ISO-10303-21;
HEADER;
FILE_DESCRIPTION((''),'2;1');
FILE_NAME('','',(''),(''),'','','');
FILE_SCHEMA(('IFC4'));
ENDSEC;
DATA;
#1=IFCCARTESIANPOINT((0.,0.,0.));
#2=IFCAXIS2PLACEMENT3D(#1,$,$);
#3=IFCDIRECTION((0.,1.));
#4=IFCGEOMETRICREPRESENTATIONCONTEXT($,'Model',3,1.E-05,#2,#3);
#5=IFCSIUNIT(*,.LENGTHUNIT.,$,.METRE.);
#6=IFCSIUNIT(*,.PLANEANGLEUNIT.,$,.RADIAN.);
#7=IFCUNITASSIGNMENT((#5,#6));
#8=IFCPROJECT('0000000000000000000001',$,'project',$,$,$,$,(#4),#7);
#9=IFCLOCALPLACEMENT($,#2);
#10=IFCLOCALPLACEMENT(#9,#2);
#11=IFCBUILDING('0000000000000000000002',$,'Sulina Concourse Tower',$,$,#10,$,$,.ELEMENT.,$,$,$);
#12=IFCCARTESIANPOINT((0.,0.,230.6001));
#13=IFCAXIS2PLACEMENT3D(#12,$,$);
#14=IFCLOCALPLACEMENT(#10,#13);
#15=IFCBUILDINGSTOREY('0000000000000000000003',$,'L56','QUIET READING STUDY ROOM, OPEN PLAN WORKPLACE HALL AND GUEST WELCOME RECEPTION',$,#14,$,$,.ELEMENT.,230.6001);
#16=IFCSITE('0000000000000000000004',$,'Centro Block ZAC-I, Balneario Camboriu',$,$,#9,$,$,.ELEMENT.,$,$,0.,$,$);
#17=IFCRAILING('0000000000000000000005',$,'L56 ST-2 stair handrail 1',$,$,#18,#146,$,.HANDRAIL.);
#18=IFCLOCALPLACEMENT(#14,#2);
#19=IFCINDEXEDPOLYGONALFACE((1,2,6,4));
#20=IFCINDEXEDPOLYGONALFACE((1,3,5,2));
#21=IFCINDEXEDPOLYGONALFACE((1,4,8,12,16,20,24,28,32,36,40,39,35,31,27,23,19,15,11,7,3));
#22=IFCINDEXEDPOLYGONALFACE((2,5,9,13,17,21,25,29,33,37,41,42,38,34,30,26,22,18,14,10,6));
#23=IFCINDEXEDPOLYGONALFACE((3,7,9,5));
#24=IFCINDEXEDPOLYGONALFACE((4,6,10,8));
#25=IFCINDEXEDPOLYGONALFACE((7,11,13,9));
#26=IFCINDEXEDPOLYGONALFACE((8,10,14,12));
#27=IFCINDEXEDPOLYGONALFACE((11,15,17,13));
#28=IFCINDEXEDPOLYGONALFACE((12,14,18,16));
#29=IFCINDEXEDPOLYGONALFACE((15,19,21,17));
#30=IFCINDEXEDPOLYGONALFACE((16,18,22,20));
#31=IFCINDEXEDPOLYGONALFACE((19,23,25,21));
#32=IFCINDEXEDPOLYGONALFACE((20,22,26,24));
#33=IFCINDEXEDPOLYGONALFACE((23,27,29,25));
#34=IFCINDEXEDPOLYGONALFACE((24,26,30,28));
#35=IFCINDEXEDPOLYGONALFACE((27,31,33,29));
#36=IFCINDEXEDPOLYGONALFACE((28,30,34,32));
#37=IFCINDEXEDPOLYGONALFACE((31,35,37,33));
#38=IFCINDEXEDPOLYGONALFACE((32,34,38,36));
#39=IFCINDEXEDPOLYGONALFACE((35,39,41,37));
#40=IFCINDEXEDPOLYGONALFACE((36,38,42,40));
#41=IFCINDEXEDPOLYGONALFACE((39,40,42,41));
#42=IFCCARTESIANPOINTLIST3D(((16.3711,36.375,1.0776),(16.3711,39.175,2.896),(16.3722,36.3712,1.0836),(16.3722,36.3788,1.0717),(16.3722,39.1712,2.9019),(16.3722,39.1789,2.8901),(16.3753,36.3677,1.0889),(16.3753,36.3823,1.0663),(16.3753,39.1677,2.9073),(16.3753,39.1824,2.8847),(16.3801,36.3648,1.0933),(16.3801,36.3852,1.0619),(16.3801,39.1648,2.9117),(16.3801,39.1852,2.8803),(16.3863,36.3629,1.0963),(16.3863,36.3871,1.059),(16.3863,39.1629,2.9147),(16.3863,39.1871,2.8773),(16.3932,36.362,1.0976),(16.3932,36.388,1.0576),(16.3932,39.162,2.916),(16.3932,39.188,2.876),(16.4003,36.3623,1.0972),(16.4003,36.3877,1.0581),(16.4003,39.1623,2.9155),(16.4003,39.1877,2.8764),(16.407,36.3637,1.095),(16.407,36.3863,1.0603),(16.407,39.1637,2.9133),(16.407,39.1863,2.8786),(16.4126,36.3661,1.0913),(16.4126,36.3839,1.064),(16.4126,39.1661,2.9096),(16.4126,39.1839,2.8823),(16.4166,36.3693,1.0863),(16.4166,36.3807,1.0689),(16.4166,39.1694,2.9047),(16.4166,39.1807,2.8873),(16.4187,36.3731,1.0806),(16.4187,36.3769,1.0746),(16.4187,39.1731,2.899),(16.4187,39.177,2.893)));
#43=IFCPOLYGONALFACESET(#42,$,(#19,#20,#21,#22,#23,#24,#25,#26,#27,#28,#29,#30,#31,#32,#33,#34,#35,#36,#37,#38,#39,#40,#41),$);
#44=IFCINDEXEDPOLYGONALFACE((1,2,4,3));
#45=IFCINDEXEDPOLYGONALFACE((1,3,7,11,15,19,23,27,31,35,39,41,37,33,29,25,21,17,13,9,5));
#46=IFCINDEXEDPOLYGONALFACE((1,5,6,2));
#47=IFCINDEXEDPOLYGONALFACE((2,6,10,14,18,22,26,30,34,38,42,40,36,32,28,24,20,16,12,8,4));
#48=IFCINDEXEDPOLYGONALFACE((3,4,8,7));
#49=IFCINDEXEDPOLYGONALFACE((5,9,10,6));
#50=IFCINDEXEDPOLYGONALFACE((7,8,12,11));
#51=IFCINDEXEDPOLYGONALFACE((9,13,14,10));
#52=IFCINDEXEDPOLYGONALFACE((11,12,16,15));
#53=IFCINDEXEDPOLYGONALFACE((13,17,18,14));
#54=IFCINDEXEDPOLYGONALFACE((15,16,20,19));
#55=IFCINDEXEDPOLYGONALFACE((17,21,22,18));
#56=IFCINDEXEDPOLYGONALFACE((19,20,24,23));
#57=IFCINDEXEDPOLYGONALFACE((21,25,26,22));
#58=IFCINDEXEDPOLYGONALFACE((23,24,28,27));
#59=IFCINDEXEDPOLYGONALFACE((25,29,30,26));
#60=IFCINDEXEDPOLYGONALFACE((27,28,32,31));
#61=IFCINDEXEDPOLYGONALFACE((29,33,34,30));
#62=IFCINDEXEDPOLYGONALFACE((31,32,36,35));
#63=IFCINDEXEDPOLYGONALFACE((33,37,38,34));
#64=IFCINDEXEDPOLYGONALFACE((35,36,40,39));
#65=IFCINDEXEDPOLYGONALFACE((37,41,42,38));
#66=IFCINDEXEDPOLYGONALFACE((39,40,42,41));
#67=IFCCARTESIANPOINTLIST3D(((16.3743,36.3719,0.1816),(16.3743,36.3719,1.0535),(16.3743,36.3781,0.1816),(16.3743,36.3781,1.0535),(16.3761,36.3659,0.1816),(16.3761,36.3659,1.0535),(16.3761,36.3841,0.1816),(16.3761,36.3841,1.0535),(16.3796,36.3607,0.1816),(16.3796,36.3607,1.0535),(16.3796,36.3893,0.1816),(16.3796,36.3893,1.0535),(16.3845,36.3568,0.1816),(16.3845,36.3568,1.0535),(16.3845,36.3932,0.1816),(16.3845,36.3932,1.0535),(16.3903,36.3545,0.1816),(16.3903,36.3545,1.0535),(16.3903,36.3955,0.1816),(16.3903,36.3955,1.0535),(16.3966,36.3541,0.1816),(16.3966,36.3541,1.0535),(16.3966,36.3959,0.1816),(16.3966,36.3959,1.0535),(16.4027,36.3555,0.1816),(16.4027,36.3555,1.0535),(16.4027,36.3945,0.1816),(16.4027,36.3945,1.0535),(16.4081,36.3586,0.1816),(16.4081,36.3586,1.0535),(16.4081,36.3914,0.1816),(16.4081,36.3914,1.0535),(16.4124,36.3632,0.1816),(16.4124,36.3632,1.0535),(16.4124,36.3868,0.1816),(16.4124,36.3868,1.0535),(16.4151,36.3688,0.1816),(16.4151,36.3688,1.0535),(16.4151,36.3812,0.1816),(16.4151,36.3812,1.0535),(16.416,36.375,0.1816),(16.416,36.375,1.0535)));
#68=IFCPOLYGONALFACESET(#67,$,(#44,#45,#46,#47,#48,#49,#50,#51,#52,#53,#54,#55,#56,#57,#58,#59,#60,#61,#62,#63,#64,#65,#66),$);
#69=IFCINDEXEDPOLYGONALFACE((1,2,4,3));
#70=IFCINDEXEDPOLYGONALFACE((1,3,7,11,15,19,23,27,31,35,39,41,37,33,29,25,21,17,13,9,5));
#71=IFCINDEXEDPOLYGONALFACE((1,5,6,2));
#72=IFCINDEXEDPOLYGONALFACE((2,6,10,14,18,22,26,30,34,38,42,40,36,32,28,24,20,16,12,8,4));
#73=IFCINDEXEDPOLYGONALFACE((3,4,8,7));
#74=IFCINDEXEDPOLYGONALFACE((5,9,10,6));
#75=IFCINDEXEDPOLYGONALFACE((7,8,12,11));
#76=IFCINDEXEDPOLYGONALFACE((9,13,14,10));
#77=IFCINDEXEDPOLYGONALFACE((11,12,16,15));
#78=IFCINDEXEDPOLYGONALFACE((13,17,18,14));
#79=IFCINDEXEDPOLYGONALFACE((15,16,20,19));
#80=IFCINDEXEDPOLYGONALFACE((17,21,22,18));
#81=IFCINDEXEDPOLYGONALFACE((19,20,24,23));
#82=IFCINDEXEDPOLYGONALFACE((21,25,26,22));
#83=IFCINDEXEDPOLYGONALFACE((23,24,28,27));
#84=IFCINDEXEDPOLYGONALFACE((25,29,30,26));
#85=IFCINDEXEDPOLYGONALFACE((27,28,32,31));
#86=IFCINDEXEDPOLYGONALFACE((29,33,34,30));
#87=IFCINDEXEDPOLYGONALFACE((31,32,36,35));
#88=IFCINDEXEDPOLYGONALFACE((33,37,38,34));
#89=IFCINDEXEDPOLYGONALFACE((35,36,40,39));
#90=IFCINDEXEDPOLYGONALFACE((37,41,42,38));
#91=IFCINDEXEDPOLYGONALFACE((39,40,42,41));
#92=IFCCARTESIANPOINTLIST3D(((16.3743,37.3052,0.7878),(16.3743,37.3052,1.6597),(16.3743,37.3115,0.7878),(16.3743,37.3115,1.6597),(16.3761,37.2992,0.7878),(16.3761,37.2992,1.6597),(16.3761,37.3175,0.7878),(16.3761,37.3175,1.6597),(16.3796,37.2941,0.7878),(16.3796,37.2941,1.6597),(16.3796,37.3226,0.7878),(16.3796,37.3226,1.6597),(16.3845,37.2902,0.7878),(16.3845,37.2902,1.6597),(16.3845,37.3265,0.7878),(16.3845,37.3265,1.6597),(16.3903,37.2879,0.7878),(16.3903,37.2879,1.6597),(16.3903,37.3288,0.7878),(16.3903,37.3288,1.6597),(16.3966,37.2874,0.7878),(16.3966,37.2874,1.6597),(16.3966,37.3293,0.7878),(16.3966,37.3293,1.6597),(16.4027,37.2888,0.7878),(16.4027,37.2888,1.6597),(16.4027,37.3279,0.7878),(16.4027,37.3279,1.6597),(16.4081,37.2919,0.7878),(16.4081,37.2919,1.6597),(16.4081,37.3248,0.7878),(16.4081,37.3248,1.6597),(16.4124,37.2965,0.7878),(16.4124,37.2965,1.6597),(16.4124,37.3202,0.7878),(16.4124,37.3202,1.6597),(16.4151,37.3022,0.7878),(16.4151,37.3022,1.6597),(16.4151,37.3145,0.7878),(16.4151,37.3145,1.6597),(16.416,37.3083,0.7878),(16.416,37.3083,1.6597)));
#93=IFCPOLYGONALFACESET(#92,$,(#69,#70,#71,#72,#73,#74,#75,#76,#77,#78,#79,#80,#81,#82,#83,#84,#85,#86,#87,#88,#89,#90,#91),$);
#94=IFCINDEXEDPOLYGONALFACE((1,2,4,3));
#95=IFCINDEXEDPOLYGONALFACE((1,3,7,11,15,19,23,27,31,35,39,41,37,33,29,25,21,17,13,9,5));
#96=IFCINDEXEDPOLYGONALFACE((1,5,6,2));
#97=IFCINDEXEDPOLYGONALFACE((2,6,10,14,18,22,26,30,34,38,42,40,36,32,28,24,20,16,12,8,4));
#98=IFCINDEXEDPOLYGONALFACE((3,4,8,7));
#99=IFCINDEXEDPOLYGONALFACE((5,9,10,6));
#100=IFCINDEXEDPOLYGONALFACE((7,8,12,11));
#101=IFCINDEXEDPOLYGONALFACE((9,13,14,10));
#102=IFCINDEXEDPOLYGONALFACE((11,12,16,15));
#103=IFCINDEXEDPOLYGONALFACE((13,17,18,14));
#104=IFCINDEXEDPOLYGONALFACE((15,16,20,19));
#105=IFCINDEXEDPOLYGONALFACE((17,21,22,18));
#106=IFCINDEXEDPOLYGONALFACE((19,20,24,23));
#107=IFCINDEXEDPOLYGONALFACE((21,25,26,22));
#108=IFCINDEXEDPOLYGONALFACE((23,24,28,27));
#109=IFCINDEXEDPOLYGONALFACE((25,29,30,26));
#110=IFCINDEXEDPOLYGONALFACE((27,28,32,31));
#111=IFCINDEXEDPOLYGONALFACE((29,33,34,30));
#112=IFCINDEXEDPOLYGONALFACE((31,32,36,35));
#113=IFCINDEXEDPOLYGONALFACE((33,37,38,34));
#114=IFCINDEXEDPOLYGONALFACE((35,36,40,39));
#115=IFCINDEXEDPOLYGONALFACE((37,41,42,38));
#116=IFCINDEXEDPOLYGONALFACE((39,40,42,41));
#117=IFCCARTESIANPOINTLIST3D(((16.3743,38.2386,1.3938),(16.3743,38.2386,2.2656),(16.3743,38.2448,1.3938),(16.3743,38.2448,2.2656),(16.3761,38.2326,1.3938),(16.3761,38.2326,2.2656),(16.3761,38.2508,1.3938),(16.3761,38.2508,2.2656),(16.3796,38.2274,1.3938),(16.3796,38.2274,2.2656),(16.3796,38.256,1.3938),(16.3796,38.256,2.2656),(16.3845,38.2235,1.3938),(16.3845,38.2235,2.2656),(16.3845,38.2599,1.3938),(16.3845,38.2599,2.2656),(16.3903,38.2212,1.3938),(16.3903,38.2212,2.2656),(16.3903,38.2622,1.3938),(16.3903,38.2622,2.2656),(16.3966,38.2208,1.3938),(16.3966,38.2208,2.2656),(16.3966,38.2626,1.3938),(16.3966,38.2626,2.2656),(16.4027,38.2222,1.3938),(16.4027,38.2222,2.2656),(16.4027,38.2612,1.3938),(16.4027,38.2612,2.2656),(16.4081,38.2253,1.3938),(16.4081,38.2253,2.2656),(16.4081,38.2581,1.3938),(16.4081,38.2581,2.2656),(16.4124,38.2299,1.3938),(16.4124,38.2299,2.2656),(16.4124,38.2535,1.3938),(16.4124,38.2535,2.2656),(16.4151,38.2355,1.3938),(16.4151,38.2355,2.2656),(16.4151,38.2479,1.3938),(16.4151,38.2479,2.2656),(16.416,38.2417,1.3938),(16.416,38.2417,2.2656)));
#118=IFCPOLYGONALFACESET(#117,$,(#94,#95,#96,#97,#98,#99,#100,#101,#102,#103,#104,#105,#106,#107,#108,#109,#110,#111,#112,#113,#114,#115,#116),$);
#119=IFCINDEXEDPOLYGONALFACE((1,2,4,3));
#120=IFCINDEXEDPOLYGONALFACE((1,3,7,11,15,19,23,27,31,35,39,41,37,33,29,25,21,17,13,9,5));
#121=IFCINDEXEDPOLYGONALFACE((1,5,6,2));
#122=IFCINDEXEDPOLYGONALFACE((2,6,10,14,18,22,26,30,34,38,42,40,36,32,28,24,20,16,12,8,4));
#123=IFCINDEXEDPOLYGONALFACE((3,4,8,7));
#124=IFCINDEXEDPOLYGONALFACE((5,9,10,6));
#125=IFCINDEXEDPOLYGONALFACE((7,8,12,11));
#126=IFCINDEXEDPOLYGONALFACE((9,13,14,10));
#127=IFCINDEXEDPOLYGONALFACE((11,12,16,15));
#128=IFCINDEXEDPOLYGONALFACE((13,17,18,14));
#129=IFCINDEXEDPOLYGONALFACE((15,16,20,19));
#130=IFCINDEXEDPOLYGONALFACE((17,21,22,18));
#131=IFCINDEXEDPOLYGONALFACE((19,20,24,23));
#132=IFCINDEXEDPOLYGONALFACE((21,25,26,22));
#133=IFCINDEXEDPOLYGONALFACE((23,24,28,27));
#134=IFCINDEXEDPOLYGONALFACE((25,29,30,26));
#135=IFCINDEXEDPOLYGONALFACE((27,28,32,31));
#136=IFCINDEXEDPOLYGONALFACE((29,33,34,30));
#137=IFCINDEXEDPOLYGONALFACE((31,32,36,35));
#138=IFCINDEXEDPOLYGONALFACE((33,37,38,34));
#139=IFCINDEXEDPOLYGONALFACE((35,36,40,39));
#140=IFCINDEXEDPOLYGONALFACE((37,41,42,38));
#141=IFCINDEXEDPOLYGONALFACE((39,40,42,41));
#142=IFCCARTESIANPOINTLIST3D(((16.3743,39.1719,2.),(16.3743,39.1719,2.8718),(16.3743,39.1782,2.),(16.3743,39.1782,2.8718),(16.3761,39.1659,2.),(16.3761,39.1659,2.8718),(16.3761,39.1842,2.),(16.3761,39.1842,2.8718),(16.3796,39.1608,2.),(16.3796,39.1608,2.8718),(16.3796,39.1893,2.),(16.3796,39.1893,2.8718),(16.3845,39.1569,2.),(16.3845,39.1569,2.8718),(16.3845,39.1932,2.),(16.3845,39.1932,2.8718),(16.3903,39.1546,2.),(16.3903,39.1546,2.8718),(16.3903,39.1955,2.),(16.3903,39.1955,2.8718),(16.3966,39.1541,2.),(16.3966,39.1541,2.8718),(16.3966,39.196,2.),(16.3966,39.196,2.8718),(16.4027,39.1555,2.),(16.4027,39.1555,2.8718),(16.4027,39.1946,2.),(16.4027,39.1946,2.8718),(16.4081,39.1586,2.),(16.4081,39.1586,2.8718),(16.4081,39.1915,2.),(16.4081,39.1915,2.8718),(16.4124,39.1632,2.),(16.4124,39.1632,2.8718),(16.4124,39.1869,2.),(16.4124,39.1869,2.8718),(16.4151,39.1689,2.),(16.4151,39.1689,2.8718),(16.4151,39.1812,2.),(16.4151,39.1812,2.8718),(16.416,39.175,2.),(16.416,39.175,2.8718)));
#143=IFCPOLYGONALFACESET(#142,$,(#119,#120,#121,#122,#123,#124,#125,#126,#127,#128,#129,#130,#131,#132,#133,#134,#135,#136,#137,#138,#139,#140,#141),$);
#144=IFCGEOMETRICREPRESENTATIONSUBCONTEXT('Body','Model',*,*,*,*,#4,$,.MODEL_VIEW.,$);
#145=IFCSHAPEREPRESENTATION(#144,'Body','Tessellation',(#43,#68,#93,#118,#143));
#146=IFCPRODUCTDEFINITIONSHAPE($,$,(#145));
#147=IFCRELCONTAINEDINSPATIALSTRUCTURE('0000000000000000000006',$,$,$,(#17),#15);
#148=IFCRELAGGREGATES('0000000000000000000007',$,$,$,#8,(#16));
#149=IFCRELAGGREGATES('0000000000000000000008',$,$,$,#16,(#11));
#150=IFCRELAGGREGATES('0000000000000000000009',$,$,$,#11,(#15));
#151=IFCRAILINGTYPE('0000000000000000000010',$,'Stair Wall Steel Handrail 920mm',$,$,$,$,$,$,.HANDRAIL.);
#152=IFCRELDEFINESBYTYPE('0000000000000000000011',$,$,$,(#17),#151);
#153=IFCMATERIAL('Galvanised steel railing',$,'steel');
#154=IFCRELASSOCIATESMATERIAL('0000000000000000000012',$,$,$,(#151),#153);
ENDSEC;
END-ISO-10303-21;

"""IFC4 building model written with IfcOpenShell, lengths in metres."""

from ifc_helpers import new_model, si_unit, direction, frame, origin, origin_2d, place, context, subcontext, project, spatial, circle, extrude, material, type_object, element, save


model = new_model("IFC4")

# Units and contexts
model_context = context("Model", 3, precision=1e-05, world=origin(), true_north=direction((0.0, 1.0)))
body_context = subcontext(model_context, "Body", "Model", "MODEL_VIEW")
ifc_project = project(units=[si_unit("LENGTHUNIT", "METRE"), si_unit("PLANEANGLEUNIT", "RADIAN")], contexts=[model_context])

# Site, building, storey
site_placement = place(None, origin())
site = spatial("IfcSite", under=ifc_project, at=site_placement, Name="Centro Block ZAC-I, Balneario Camboriu", CompositionType="ELEMENT", RefElevation=0.0)
building_placement = place(site_placement, origin())
building = spatial("IfcBuilding", under=site, at=building_placement, Name="Sulina Concourse Tower", CompositionType="ELEMENT")
storey_placement = place(building_placement, frame((0.0, 0.0, 230.6001)))
storey = spatial("IfcBuildingStorey", under=building, at=storey_placement, Name="L56", Description="QUIET READING STUDY ROOM, OPEN PLAN WORKPLACE HALL AND GUEST WELCOME RECEPTION", CompositionType="ELEMENT", Elevation=230.6001)

# Railing
ifc_material_1 = material(Name="Galvanised steel railing", Category="steel")
railing_type_1 = type_object("IfcRailingType", Name="Stair Wall Steel Handrail 920mm", PredefinedType="HANDRAIL", material=ifc_material_1)
railing_1_placement = place(storey_placement, frame((16.395, 36.375, 0.1816)))
element("IfcRailing", 1, at=railing_1_placement, inside=storey, type_object=railing_type_1, Name="L56 ST-2 stair handrail 1", PredefinedType="HANDRAIL", context=body_context, shape_type="SweptSolid", body=[
    extrude(circle(Radius=0.0239, at=origin_2d()), frame((0.0, 0.0, 0.896), z_axis=(0.0, 0.838672, 0.544636), x_axis=(-1.0, 0.0, 0.0)), (0.0, 0.0, 1.0), 3.3386),
    extrude(circle(Radius=0.021, at=origin_2d()), origin(), (0.0, 0.0, 1.0), 0.8718),
    extrude(circle(Radius=0.021, at=origin_2d()), frame((0.0, 0.9333, 0.6062)), (0.0, 0.0, 1.0), 0.8718),
    extrude(circle(Radius=0.021, at=origin_2d()), frame((0.0, 1.8667, 1.2122)), (0.0, 0.0, 1.0), 0.8718),
    extrude(circle(Radius=0.021, at=origin_2d()), frame((0.0, 2.8, 1.8184)), (0.0, 0.0, 1.0), 0.8718),
])

save(model, "model.ifc")
